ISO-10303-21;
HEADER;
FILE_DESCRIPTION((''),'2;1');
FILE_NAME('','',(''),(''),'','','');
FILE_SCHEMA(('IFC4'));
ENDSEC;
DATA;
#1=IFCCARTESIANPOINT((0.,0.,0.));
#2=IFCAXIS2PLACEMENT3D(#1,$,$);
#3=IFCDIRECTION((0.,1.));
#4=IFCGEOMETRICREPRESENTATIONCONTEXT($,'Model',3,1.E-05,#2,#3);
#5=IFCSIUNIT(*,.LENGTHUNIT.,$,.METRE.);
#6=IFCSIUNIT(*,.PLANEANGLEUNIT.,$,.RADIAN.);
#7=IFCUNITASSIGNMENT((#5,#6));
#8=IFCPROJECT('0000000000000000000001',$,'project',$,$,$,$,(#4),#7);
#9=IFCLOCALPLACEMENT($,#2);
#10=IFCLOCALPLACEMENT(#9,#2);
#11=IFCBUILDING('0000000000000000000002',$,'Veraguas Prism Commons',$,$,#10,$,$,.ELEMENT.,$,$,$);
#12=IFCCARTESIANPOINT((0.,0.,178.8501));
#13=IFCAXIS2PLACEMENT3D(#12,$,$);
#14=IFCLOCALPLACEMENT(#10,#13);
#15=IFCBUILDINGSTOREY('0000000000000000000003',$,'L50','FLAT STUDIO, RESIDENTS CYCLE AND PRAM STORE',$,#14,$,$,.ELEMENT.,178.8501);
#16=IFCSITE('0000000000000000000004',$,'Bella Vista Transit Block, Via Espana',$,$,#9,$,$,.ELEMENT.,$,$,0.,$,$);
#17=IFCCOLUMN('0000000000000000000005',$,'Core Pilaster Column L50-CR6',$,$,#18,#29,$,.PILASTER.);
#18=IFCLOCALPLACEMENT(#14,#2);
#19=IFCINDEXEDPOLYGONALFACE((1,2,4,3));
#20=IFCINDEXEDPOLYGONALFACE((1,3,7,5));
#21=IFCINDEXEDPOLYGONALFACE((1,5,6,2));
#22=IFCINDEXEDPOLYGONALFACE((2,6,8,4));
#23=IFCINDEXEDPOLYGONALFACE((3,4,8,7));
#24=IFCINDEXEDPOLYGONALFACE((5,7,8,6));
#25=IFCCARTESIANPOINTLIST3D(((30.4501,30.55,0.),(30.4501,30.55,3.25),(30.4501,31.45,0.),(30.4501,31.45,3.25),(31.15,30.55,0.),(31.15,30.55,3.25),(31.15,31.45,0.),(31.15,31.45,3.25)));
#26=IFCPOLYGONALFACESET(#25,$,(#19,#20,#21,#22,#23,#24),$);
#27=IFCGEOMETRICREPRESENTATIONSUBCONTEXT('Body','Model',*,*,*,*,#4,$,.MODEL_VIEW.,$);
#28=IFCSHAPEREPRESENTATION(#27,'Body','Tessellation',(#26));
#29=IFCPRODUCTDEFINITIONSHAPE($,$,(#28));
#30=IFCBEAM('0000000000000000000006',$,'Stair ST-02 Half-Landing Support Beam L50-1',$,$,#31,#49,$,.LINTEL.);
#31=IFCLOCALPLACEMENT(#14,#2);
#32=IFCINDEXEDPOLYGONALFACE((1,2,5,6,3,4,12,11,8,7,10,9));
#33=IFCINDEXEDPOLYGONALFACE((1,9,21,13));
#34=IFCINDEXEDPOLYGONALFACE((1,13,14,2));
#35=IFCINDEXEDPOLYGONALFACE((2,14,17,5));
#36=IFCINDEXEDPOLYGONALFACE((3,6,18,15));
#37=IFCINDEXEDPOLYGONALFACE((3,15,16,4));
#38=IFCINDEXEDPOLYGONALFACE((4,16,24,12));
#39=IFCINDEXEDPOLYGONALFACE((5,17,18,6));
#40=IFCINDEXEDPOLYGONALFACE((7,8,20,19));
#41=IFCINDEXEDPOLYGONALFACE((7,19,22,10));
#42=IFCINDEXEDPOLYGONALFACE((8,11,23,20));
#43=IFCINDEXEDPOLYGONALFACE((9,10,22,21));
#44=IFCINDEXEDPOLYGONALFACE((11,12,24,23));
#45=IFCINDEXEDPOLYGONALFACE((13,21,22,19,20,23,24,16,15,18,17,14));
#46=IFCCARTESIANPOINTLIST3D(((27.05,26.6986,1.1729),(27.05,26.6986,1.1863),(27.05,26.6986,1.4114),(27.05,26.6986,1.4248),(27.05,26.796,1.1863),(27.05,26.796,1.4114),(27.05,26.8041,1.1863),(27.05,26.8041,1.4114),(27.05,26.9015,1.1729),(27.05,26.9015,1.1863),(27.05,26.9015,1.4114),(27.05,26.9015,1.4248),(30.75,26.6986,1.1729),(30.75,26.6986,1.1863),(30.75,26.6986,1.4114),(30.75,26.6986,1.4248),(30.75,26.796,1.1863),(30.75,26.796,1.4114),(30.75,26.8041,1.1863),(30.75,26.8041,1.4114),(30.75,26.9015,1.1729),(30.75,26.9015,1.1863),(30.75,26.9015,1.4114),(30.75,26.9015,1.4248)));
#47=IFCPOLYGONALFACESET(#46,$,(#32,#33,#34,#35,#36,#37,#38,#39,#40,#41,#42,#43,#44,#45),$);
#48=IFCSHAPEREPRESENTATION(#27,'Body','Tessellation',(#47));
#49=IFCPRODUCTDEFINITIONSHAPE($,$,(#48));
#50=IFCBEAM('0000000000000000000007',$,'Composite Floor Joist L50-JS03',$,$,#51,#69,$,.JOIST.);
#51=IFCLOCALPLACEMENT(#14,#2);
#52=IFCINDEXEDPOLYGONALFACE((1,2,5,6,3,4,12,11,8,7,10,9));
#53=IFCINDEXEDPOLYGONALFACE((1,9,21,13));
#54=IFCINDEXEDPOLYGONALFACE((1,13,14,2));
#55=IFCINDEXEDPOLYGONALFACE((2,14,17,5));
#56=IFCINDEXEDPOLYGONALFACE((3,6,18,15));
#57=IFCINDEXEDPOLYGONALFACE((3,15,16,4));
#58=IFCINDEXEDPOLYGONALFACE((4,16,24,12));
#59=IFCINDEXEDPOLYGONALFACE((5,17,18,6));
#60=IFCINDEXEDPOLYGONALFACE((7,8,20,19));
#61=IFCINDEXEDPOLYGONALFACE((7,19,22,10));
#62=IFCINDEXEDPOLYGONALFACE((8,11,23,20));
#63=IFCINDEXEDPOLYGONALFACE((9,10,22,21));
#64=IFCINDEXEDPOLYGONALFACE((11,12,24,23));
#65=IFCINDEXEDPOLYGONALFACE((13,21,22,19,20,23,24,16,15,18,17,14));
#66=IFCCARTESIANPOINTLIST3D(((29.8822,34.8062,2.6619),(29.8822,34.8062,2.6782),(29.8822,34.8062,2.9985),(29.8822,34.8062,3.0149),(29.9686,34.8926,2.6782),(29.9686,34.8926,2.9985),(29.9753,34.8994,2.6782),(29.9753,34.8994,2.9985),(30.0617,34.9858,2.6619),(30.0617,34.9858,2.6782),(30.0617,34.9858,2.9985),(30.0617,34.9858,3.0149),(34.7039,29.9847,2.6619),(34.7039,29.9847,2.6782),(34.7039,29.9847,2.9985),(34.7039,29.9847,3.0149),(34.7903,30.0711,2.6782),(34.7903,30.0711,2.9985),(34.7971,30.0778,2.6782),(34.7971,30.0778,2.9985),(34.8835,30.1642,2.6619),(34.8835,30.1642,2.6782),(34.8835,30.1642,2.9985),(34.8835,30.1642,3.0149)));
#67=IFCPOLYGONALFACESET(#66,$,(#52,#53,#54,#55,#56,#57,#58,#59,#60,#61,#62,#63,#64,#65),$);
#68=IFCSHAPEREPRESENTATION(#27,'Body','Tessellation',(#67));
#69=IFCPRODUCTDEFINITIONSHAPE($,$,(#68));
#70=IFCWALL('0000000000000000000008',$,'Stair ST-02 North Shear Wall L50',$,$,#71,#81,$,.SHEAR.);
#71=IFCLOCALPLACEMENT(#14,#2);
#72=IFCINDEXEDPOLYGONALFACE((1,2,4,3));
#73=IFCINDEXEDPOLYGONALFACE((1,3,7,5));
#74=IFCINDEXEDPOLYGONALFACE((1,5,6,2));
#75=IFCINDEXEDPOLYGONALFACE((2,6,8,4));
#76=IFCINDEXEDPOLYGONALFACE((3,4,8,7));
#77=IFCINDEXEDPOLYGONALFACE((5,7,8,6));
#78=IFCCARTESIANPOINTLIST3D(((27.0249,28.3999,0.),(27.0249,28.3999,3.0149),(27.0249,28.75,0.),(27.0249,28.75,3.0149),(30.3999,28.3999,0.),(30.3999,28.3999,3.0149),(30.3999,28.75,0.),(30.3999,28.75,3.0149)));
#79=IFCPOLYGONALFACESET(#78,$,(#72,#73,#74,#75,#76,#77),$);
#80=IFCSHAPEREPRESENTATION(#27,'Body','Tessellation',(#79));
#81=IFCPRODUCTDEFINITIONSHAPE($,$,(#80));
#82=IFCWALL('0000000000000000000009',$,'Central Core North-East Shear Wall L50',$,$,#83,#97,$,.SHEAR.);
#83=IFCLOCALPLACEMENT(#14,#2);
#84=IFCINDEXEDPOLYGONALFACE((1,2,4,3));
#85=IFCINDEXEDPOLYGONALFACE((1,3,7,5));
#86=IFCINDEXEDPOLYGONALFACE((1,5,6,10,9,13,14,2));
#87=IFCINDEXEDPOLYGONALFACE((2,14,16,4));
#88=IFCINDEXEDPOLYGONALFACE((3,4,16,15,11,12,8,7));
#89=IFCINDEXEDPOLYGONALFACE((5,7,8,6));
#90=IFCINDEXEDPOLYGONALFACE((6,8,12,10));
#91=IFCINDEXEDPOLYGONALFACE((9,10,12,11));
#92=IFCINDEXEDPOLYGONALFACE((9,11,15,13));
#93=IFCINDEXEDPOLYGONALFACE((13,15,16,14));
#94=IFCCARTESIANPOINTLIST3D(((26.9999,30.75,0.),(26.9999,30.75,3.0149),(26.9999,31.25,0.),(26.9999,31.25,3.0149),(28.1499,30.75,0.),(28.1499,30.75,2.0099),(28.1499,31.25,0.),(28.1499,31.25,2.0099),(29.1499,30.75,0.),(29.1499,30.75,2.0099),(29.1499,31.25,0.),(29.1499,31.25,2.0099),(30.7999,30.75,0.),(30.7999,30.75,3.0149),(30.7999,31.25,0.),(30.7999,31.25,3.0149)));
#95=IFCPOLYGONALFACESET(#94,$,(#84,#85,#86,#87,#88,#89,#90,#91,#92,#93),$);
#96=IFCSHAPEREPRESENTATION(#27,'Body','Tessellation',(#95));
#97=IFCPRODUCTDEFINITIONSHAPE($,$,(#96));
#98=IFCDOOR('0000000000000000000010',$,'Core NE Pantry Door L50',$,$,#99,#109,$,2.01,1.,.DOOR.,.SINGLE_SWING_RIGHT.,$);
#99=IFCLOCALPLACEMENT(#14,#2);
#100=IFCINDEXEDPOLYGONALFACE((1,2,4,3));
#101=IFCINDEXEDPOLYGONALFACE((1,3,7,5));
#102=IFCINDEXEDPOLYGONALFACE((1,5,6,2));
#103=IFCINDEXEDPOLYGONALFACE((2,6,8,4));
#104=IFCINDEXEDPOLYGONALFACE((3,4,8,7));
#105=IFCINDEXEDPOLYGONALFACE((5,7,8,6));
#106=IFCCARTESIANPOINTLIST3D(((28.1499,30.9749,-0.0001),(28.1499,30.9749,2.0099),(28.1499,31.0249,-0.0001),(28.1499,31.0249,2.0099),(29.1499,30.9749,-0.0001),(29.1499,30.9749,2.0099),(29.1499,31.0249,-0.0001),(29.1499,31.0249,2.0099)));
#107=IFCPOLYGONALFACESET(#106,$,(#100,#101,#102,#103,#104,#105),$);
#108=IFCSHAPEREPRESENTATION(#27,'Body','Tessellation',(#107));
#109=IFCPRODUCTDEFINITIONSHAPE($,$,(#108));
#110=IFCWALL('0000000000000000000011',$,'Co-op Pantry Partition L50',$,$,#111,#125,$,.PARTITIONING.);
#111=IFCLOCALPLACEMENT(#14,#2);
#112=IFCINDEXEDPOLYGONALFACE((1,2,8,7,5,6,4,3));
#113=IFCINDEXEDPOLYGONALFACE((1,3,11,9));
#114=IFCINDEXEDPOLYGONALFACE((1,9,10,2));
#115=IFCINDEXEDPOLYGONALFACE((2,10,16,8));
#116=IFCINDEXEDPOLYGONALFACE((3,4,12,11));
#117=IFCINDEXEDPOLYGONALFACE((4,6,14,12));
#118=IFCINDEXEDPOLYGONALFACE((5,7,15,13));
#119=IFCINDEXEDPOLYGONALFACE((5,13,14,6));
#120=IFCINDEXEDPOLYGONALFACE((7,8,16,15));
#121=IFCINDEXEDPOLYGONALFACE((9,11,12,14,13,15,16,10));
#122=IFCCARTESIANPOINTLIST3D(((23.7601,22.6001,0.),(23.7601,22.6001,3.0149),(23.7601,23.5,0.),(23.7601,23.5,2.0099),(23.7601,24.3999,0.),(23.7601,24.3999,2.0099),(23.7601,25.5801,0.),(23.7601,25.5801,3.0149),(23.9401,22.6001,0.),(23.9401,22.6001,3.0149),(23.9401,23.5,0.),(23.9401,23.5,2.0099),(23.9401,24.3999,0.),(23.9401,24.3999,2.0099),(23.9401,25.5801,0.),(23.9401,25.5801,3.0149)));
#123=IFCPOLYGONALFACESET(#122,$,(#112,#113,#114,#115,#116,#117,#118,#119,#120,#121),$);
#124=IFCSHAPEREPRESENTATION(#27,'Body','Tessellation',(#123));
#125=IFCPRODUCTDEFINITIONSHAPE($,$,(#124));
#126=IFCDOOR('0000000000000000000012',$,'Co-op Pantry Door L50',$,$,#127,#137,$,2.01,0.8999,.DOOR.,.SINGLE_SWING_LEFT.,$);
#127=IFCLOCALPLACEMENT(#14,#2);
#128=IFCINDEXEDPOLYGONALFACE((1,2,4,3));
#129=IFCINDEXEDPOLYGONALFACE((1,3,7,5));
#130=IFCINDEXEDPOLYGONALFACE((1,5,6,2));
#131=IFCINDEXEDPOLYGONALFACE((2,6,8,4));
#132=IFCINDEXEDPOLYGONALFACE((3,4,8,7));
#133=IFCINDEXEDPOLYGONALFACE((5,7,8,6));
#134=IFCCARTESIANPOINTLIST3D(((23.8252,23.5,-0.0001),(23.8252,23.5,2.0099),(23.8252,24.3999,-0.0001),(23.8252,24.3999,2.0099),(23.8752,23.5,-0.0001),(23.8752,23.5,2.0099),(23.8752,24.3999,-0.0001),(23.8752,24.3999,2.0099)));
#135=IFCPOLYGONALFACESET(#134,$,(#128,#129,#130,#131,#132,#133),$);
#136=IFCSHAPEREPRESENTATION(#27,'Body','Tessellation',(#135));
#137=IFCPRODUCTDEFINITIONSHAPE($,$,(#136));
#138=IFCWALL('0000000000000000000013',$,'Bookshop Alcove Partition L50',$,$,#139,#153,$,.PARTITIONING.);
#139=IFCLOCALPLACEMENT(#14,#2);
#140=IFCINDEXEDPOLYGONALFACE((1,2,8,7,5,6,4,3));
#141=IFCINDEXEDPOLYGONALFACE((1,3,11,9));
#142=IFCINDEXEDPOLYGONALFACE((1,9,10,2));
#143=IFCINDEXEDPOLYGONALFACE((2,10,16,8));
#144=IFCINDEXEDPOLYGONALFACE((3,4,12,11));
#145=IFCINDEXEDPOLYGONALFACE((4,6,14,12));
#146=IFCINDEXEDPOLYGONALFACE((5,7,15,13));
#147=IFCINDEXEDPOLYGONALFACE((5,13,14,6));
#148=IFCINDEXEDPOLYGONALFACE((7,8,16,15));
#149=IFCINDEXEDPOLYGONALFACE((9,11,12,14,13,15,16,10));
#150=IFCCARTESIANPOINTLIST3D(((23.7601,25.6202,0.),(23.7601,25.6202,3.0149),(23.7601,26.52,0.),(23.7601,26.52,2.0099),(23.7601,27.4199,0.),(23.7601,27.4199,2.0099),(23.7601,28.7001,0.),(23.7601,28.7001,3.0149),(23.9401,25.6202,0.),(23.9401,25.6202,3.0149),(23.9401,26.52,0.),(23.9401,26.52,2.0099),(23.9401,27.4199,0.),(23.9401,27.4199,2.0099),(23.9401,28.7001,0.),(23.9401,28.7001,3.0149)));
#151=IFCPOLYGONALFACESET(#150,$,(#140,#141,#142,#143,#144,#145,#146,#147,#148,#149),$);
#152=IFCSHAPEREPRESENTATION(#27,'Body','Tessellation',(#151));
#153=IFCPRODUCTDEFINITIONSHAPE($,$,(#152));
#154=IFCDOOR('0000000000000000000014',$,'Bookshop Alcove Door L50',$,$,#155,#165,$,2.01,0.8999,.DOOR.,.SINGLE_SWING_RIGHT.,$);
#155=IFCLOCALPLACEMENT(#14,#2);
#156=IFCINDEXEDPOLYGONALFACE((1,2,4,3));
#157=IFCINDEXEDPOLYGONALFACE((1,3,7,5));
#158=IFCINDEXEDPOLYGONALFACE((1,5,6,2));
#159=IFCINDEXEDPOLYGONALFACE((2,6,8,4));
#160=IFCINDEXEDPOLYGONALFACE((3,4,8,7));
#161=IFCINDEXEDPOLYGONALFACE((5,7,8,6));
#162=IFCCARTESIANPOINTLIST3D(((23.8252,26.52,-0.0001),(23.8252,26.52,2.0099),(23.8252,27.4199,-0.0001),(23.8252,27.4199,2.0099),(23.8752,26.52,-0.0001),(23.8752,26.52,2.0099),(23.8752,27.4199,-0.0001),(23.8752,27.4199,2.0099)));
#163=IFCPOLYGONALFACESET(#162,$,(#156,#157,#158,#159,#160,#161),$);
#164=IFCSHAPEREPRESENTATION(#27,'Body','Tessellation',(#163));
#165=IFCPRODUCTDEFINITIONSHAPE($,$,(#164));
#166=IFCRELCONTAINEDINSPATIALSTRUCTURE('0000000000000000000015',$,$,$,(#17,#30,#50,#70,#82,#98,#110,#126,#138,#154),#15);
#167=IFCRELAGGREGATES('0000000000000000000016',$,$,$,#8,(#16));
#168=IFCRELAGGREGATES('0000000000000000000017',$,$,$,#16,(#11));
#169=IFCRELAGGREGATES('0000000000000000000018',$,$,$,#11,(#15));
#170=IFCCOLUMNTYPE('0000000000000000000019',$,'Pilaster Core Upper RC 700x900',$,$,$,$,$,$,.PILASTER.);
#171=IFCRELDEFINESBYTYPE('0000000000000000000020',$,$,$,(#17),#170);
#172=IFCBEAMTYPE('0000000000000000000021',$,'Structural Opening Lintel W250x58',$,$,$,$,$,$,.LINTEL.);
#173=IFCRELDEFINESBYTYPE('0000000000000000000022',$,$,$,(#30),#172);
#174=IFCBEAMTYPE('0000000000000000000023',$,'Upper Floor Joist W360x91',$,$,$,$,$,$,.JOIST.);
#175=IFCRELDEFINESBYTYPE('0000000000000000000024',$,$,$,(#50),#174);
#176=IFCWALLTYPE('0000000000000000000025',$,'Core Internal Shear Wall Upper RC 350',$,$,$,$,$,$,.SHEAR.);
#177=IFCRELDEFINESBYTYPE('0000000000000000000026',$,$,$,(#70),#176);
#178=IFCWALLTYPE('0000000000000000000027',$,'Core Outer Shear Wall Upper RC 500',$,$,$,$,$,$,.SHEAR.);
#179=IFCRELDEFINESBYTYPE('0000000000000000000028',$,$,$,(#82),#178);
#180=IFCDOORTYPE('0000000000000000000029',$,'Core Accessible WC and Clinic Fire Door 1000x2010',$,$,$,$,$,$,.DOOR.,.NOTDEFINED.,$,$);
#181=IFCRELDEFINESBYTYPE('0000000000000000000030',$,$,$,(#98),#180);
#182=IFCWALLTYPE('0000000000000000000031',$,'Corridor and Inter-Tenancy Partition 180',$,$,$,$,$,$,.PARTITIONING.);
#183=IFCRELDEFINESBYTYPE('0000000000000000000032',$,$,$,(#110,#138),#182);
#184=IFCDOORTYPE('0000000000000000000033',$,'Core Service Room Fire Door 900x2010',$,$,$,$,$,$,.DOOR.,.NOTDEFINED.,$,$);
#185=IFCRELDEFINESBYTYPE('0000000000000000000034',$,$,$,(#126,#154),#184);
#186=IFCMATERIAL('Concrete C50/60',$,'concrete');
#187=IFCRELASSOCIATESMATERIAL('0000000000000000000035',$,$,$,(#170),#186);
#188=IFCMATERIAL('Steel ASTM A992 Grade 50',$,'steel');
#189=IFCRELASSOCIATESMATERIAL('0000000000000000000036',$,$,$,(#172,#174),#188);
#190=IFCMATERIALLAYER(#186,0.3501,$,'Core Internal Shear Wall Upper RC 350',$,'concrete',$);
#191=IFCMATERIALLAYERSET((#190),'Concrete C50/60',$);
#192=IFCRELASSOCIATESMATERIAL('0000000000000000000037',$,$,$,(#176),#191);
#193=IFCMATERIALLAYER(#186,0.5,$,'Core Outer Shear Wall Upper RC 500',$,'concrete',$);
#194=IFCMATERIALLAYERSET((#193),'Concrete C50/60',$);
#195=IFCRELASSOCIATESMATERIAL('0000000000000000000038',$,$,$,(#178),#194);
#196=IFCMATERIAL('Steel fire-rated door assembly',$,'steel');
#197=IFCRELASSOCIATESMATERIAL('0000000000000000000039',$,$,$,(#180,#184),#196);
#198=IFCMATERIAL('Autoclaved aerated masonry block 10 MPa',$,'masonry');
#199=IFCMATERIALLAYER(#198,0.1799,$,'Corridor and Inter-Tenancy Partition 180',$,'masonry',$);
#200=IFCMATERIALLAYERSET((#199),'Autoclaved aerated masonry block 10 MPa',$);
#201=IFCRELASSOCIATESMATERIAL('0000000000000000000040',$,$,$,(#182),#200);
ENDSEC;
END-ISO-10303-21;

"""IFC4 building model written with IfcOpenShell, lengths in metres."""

from ifc_helpers import new_model, si_unit, direction, frame, frame_2d, origin, origin_2d, place, context, subcontext, project, spatial, rectangle, i_section, extrude, source, transform, mapped, material, layer, layer_set, material_profile, profile_set, type_object, element, fill, save


model = new_model("IFC4")

# Units and contexts
model_context = context("Model", 3, precision=1e-05, world=origin(), true_north=direction((0.0, 1.0)))
body_context = subcontext(model_context, "Body", "Model", "MODEL_VIEW")
ifc_project = project(units=[si_unit("LENGTHUNIT", "METRE"), si_unit("PLANEANGLEUNIT", "RADIAN")], contexts=[model_context])

# Site, building, storey
site_placement = place(None, origin())
site = spatial("IfcSite", under=ifc_project, at=site_placement, Name="Bella Vista Transit Block, Via Espana", CompositionType="ELEMENT", RefElevation=0.0)
building_placement = place(site_placement, origin())
building = spatial("IfcBuilding", under=site, at=building_placement, Name="Veraguas Prism Commons", CompositionType="ELEMENT")
storey_placement = place(building_placement, frame((0.0, 0.0, 178.8501)))
storey = spatial("IfcBuildingStorey", under=building, at=storey_placement, Name="L50", Description="FLAT STUDIO, RESIDENTS CYCLE AND PRAM STORE", CompositionType="ELEMENT", Elevation=178.8501)

# Column
ifc_material_1 = material(Name="Concrete C50/60", Category="concrete")
ifc_material_profile_1 = material_profile(ifc_material_1, rectangle(XDim=0.7, YDim=0.8999, at=origin_2d()), Name="RC700X900")
ifc_profile_set_1 = profile_set([ifc_material_profile_1], Name="Concrete C50/60")
column_type = type_object("IfcColumnType", Name="Pilaster Core Upper RC 700x900", PredefinedType="PILASTER", material=ifc_profile_set_1)
column_placement = place(storey_placement, frame((30.8, 31.0, 0.0), z_axis=(0.0, 0.0, 1.0), x_axis=(1.0, 0.0, 0.0)))
element("IfcColumn", 1, at=column_placement, inside=storey, type_object=column_type, Name="Core Pilaster Column L50-CR6", PredefinedType="PILASTER", context=body_context, shape_type="SweptSolid", body=[
    extrude(rectangle(XDim=0.7, YDim=0.8999, at=origin_2d()), origin(), (0.0, 0.0, 1.0), 3.25),
])

# Beams
ifc_material_2 = material(Name="Steel ASTM A992 Grade 50", Category="steel")
ifc_material_profile_2 = material_profile(ifc_material_2, i_section(OverallWidth=0.2029, OverallDepth=0.252, WebThickness=0.0081, FlangeThickness=0.0134, at=origin_2d()), Name="W250X58")
ifc_profile_set_2 = profile_set([ifc_material_profile_2], Name="Steel ASTM A992 Grade 50")
beam_type_1 = type_object("IfcBeamType", Name="Structural Opening Lintel W250x58", PredefinedType="LINTEL", material=ifc_profile_set_2)
beam_1_placement = place(storey_placement, frame((27.05, 26.8, 1.2988), z_axis=(1.0, 0.0, 0.0), x_axis=(0.0, 1.0, 0.0)))
element("IfcBeam", 2, at=beam_1_placement, inside=storey, type_object=beam_type_1, Name="Stair ST-02 Half-Landing Support Beam L50-1", PredefinedType="LINTEL", context=body_context, shape_type="SweptSolid", body=[
    extrude(i_section(OverallWidth=0.2029, OverallDepth=0.252, WebThickness=0.0081, FlangeThickness=0.0134, at=origin_2d()), origin(), (0.0, 0.0, 1.0), 3.7),
])
ifc_material_profile_3 = material_profile(ifc_material_2, i_section(OverallWidth=0.2539, OverallDepth=0.353, WebThickness=0.0095, FlangeThickness=0.0164, at=origin_2d()), Name="W360X91")
ifc_profile_set_3 = profile_set([ifc_material_profile_3], Name="Steel ASTM A992 Grade 50")
beam_type_2 = type_object("IfcBeamType", Name="Upper Floor Joist W360x91", PredefinedType="JOIST", material=ifc_profile_set_3)
beam_2_placement = place(storey_placement, frame((34.7937, 30.0745, 2.8384), z_axis=(-0.707125, 0.707089, 0.0), x_axis=(-0.707089, -0.707125, 0.0)))
element("IfcBeam", 3, at=beam_2_placement, inside=storey, type_object=beam_type_2, Name="Composite Floor Joist L50-JS03", PredefinedType="JOIST", context=body_context, shape_type="SweptSolid", body=[
    extrude(i_section(OverallWidth=0.2539, OverallDepth=0.353, WebThickness=0.0095, FlangeThickness=0.0164, at=origin_2d()), origin(), (0.0, 0.0, 1.0), 6.8188),
])

# Wall
ifc_layer_1 = layer(ifc_material_1, 0.3501, Name="Core Internal Shear Wall Upper RC 350", Category="concrete")
ifc_layer_set_1 = layer_set([ifc_layer_1], Name="Concrete C50/60")
wall_type_1 = type_object("IfcWallType", Name="Core Internal Shear Wall Upper RC 350", PredefinedType="SHEAR", material=ifc_layer_set_1)
wall_1_placement = place(storey_placement, frame((27.0249, 28.575, 0.0), z_axis=(0.0, 0.0, 1.0), x_axis=(1.0, 0.0, 0.0)))
element("IfcWall", 4, at=wall_1_placement, inside=storey, type_object=wall_type_1, Name="Stair ST-02 North Shear Wall L50", PredefinedType="SHEAR", context=body_context, shape_type="SweptSolid", body=[
    extrude(rectangle(XDim=3.375, YDim=0.3501, at=frame_2d((1.6875, 0.0))), origin(), (0.0, 0.0, 1.0), 3.0149),
])

# Walls, openings, doors
ifc_layer_2 = layer(ifc_material_1, 0.5, Name="Core Outer Shear Wall Upper RC 500", Category="concrete")
ifc_layer_set_2 = layer_set([ifc_layer_2], Name="Concrete C50/60")
wall_type_2 = type_object("IfcWallType", Name="Core Outer Shear Wall Upper RC 500", PredefinedType="SHEAR", material=ifc_layer_set_2)
wall_2_placement = place(storey_placement, frame((27.0, 31.0, 0.0), z_axis=(0.0, 0.0, 1.0), x_axis=(1.0, 0.0, 0.0)))
wall_2 = element("IfcWall", 5, at=wall_2_placement, inside=storey, type_object=wall_type_2, Name="Central Core North-East Shear Wall L50", PredefinedType="SHEAR", context=body_context, shape_type="SweptSolid", body=[
    extrude(rectangle(XDim=3.8, YDim=0.5, at=frame_2d((1.8999, 0.0))), origin(), (0.0, 0.0, 1.0), 3.0149),
])
opening_1_placement = place(wall_2_placement, frame((1.1499, 0.0, 0.0)))
opening_1 = element("IfcOpeningElement", 6, at=opening_1_placement, cuts=wall_2, PredefinedType="OPENING", context=body_context, shape_type="SweptSolid", body=[
    extrude(rectangle(XDim=1.0, YDim=2.01, at=frame_2d((0.5, 1.0049))), frame((0.0, 0.26, 0.0), z_axis=(0.0, -1.0, 0.0), x_axis=(1.0, 0.0, 0.0)), (0.0, 0.0, 1.0), 0.52),
])
ifc_material_3 = material(Name="Steel fire-rated door assembly", Category="steel")
door_type_1 = type_object("IfcDoorType", Name="Core Accessible WC and Clinic Fire Door 1000x2010", OperationType="NOTDEFINED", PredefinedType="DOOR", material=ifc_material_3)
shared_shape_1 = source(origin(), body_context, "Body", "SweptSolid", [
    extrude(rectangle(XDim=1.0, YDim=2.01, at=frame_2d((0.5, 1.0049))), frame((0.0, 0.0249, 0.0), z_axis=(0.0, -1.0, 0.0), x_axis=(1.0, 0.0, 0.0)), (0.0, 0.0, 1.0), 0.05),
])
door_1_placement = place(opening_1_placement, origin())
door_1 = element("IfcDoor", 7, at=door_1_placement, inside=storey, type_object=door_type_1, Name="Core NE Pantry Door L50", OperationType="SINGLE_SWING_RIGHT", OverallHeight=2.01, OverallWidth=1.0, PredefinedType="DOOR", context=body_context, shape_type="MappedRepresentation", body=[
    mapped(shared_shape_1, transform((0.0, 0.0, 0.0), scale=1.0)),
])
fill(opening_1, door_1)
ifc_material_4 = material(Name="Autoclaved aerated masonry block 10 MPa", Category="masonry")
ifc_layer_3 = layer(ifc_material_4, 0.1799, Name="Corridor and Inter-Tenancy Partition 180", Category="masonry")
ifc_layer_set_3 = layer_set([ifc_layer_3], Name="Autoclaved aerated masonry block 10 MPa")
wall_type_3 = type_object("IfcWallType", Name="Corridor and Inter-Tenancy Partition 180", PredefinedType="PARTITIONING", material=ifc_layer_set_3)
wall_3_placement = place(storey_placement, frame((23.8501, 22.6001, 0.0), z_axis=(0.0, 0.0, 1.0), x_axis=(0.0, 1.0, 0.0)))
wall_3 = element("IfcWall", 8, at=wall_3_placement, inside=storey, type_object=wall_type_3, Name="Co-op Pantry Partition L50", PredefinedType="PARTITIONING", context=body_context, shape_type="SweptSolid", body=[
    extrude(rectangle(XDim=2.98, YDim=0.1799, at=frame_2d((1.49, 0.0))), origin(), (0.0, 0.0, 1.0), 3.0149),
])
opening_2_placement = place(wall_3_placement, frame((0.8999, 0.0, 0.0)))
opening_2 = element("IfcOpeningElement", 9, at=opening_2_placement, cuts=wall_3, PredefinedType="OPENING", context=body_context, shape_type="SweptSolid", body=[
    extrude(rectangle(XDim=0.8999, YDim=2.01, at=frame_2d((0.45, 1.0049))), frame((0.0, 0.0999, 0.0), z_axis=(0.0, -1.0, 0.0), x_axis=(1.0, 0.0, 0.0)), (0.0, 0.0, 1.0), 0.2),
])
door_type_2 = type_object("IfcDoorType", Name="Core Service Room Fire Door 900x2010", OperationType="NOTDEFINED", PredefinedType="DOOR", material=ifc_material_3)
shared_shape_2 = source(origin(), body_context, "Body", "SweptSolid", [
    extrude(rectangle(XDim=0.8999, YDim=2.01, at=frame_2d((0.45, 1.0049))), frame((0.0, 0.0249, 0.0), z_axis=(0.0, -1.0, 0.0), x_axis=(1.0, 0.0, 0.0)), (0.0, 0.0, 1.0), 0.05),
])
door_2_placement = place(opening_2_placement, origin())
door_2 = element("IfcDoor", 10, at=door_2_placement, inside=storey, type_object=door_type_2, Name="Co-op Pantry Door L50", OperationType="SINGLE_SWING_LEFT", OverallHeight=2.01, OverallWidth=0.8999, PredefinedType="DOOR", context=body_context, shape_type="MappedRepresentation", body=[
    mapped(shared_shape_2, transform((0.0, 0.0, 0.0), scale=1.0)),
])
fill(opening_2, door_2)
wall_4_placement = place(storey_placement, frame((23.8501, 25.6201, 0.0), z_axis=(0.0, 0.0, 1.0), x_axis=(0.0, 1.0, 0.0)))
wall_4 = element("IfcWall", 11, at=wall_4_placement, inside=storey, type_object=wall_type_3, Name="Bookshop Alcove Partition L50", PredefinedType="PARTITIONING", context=body_context, shape_type="SweptSolid", body=[
    extrude(rectangle(XDim=3.0798, YDim=0.1799, at=frame_2d((1.54, 0.0))), origin(), (0.0, 0.0, 1.0), 3.0149),
])
opening_3_placement = place(wall_4_placement, frame((0.8999, 0.0, 0.0)))
opening_3 = element("IfcOpeningElement", 12, at=opening_3_placement, cuts=wall_4, PredefinedType="OPENING", context=body_context, shape_type="SweptSolid", body=[
    extrude(rectangle(XDim=0.8999, YDim=2.01, at=frame_2d((0.45, 1.0049))), frame((0.0, 0.0999, 0.0), z_axis=(0.0, -1.0, 0.0), x_axis=(1.0, 0.0, 0.0)), (0.0, 0.0, 1.0), 0.2),
])
door_3_placement = place(opening_3_placement, origin())
door_3 = element("IfcDoor", 13, at=door_3_placement, inside=storey, type_object=door_type_2, Name="Bookshop Alcove Door L50", OperationType="SINGLE_SWING_RIGHT", OverallHeight=2.01, OverallWidth=0.8999, PredefinedType="DOOR", context=body_context, shape_type="MappedRepresentation", body=[
    mapped(shared_shape_2, transform((0.0, 0.0, 0.0), scale=1.0)),
])
fill(opening_3, door_3)

save(model, "model.ifc")
